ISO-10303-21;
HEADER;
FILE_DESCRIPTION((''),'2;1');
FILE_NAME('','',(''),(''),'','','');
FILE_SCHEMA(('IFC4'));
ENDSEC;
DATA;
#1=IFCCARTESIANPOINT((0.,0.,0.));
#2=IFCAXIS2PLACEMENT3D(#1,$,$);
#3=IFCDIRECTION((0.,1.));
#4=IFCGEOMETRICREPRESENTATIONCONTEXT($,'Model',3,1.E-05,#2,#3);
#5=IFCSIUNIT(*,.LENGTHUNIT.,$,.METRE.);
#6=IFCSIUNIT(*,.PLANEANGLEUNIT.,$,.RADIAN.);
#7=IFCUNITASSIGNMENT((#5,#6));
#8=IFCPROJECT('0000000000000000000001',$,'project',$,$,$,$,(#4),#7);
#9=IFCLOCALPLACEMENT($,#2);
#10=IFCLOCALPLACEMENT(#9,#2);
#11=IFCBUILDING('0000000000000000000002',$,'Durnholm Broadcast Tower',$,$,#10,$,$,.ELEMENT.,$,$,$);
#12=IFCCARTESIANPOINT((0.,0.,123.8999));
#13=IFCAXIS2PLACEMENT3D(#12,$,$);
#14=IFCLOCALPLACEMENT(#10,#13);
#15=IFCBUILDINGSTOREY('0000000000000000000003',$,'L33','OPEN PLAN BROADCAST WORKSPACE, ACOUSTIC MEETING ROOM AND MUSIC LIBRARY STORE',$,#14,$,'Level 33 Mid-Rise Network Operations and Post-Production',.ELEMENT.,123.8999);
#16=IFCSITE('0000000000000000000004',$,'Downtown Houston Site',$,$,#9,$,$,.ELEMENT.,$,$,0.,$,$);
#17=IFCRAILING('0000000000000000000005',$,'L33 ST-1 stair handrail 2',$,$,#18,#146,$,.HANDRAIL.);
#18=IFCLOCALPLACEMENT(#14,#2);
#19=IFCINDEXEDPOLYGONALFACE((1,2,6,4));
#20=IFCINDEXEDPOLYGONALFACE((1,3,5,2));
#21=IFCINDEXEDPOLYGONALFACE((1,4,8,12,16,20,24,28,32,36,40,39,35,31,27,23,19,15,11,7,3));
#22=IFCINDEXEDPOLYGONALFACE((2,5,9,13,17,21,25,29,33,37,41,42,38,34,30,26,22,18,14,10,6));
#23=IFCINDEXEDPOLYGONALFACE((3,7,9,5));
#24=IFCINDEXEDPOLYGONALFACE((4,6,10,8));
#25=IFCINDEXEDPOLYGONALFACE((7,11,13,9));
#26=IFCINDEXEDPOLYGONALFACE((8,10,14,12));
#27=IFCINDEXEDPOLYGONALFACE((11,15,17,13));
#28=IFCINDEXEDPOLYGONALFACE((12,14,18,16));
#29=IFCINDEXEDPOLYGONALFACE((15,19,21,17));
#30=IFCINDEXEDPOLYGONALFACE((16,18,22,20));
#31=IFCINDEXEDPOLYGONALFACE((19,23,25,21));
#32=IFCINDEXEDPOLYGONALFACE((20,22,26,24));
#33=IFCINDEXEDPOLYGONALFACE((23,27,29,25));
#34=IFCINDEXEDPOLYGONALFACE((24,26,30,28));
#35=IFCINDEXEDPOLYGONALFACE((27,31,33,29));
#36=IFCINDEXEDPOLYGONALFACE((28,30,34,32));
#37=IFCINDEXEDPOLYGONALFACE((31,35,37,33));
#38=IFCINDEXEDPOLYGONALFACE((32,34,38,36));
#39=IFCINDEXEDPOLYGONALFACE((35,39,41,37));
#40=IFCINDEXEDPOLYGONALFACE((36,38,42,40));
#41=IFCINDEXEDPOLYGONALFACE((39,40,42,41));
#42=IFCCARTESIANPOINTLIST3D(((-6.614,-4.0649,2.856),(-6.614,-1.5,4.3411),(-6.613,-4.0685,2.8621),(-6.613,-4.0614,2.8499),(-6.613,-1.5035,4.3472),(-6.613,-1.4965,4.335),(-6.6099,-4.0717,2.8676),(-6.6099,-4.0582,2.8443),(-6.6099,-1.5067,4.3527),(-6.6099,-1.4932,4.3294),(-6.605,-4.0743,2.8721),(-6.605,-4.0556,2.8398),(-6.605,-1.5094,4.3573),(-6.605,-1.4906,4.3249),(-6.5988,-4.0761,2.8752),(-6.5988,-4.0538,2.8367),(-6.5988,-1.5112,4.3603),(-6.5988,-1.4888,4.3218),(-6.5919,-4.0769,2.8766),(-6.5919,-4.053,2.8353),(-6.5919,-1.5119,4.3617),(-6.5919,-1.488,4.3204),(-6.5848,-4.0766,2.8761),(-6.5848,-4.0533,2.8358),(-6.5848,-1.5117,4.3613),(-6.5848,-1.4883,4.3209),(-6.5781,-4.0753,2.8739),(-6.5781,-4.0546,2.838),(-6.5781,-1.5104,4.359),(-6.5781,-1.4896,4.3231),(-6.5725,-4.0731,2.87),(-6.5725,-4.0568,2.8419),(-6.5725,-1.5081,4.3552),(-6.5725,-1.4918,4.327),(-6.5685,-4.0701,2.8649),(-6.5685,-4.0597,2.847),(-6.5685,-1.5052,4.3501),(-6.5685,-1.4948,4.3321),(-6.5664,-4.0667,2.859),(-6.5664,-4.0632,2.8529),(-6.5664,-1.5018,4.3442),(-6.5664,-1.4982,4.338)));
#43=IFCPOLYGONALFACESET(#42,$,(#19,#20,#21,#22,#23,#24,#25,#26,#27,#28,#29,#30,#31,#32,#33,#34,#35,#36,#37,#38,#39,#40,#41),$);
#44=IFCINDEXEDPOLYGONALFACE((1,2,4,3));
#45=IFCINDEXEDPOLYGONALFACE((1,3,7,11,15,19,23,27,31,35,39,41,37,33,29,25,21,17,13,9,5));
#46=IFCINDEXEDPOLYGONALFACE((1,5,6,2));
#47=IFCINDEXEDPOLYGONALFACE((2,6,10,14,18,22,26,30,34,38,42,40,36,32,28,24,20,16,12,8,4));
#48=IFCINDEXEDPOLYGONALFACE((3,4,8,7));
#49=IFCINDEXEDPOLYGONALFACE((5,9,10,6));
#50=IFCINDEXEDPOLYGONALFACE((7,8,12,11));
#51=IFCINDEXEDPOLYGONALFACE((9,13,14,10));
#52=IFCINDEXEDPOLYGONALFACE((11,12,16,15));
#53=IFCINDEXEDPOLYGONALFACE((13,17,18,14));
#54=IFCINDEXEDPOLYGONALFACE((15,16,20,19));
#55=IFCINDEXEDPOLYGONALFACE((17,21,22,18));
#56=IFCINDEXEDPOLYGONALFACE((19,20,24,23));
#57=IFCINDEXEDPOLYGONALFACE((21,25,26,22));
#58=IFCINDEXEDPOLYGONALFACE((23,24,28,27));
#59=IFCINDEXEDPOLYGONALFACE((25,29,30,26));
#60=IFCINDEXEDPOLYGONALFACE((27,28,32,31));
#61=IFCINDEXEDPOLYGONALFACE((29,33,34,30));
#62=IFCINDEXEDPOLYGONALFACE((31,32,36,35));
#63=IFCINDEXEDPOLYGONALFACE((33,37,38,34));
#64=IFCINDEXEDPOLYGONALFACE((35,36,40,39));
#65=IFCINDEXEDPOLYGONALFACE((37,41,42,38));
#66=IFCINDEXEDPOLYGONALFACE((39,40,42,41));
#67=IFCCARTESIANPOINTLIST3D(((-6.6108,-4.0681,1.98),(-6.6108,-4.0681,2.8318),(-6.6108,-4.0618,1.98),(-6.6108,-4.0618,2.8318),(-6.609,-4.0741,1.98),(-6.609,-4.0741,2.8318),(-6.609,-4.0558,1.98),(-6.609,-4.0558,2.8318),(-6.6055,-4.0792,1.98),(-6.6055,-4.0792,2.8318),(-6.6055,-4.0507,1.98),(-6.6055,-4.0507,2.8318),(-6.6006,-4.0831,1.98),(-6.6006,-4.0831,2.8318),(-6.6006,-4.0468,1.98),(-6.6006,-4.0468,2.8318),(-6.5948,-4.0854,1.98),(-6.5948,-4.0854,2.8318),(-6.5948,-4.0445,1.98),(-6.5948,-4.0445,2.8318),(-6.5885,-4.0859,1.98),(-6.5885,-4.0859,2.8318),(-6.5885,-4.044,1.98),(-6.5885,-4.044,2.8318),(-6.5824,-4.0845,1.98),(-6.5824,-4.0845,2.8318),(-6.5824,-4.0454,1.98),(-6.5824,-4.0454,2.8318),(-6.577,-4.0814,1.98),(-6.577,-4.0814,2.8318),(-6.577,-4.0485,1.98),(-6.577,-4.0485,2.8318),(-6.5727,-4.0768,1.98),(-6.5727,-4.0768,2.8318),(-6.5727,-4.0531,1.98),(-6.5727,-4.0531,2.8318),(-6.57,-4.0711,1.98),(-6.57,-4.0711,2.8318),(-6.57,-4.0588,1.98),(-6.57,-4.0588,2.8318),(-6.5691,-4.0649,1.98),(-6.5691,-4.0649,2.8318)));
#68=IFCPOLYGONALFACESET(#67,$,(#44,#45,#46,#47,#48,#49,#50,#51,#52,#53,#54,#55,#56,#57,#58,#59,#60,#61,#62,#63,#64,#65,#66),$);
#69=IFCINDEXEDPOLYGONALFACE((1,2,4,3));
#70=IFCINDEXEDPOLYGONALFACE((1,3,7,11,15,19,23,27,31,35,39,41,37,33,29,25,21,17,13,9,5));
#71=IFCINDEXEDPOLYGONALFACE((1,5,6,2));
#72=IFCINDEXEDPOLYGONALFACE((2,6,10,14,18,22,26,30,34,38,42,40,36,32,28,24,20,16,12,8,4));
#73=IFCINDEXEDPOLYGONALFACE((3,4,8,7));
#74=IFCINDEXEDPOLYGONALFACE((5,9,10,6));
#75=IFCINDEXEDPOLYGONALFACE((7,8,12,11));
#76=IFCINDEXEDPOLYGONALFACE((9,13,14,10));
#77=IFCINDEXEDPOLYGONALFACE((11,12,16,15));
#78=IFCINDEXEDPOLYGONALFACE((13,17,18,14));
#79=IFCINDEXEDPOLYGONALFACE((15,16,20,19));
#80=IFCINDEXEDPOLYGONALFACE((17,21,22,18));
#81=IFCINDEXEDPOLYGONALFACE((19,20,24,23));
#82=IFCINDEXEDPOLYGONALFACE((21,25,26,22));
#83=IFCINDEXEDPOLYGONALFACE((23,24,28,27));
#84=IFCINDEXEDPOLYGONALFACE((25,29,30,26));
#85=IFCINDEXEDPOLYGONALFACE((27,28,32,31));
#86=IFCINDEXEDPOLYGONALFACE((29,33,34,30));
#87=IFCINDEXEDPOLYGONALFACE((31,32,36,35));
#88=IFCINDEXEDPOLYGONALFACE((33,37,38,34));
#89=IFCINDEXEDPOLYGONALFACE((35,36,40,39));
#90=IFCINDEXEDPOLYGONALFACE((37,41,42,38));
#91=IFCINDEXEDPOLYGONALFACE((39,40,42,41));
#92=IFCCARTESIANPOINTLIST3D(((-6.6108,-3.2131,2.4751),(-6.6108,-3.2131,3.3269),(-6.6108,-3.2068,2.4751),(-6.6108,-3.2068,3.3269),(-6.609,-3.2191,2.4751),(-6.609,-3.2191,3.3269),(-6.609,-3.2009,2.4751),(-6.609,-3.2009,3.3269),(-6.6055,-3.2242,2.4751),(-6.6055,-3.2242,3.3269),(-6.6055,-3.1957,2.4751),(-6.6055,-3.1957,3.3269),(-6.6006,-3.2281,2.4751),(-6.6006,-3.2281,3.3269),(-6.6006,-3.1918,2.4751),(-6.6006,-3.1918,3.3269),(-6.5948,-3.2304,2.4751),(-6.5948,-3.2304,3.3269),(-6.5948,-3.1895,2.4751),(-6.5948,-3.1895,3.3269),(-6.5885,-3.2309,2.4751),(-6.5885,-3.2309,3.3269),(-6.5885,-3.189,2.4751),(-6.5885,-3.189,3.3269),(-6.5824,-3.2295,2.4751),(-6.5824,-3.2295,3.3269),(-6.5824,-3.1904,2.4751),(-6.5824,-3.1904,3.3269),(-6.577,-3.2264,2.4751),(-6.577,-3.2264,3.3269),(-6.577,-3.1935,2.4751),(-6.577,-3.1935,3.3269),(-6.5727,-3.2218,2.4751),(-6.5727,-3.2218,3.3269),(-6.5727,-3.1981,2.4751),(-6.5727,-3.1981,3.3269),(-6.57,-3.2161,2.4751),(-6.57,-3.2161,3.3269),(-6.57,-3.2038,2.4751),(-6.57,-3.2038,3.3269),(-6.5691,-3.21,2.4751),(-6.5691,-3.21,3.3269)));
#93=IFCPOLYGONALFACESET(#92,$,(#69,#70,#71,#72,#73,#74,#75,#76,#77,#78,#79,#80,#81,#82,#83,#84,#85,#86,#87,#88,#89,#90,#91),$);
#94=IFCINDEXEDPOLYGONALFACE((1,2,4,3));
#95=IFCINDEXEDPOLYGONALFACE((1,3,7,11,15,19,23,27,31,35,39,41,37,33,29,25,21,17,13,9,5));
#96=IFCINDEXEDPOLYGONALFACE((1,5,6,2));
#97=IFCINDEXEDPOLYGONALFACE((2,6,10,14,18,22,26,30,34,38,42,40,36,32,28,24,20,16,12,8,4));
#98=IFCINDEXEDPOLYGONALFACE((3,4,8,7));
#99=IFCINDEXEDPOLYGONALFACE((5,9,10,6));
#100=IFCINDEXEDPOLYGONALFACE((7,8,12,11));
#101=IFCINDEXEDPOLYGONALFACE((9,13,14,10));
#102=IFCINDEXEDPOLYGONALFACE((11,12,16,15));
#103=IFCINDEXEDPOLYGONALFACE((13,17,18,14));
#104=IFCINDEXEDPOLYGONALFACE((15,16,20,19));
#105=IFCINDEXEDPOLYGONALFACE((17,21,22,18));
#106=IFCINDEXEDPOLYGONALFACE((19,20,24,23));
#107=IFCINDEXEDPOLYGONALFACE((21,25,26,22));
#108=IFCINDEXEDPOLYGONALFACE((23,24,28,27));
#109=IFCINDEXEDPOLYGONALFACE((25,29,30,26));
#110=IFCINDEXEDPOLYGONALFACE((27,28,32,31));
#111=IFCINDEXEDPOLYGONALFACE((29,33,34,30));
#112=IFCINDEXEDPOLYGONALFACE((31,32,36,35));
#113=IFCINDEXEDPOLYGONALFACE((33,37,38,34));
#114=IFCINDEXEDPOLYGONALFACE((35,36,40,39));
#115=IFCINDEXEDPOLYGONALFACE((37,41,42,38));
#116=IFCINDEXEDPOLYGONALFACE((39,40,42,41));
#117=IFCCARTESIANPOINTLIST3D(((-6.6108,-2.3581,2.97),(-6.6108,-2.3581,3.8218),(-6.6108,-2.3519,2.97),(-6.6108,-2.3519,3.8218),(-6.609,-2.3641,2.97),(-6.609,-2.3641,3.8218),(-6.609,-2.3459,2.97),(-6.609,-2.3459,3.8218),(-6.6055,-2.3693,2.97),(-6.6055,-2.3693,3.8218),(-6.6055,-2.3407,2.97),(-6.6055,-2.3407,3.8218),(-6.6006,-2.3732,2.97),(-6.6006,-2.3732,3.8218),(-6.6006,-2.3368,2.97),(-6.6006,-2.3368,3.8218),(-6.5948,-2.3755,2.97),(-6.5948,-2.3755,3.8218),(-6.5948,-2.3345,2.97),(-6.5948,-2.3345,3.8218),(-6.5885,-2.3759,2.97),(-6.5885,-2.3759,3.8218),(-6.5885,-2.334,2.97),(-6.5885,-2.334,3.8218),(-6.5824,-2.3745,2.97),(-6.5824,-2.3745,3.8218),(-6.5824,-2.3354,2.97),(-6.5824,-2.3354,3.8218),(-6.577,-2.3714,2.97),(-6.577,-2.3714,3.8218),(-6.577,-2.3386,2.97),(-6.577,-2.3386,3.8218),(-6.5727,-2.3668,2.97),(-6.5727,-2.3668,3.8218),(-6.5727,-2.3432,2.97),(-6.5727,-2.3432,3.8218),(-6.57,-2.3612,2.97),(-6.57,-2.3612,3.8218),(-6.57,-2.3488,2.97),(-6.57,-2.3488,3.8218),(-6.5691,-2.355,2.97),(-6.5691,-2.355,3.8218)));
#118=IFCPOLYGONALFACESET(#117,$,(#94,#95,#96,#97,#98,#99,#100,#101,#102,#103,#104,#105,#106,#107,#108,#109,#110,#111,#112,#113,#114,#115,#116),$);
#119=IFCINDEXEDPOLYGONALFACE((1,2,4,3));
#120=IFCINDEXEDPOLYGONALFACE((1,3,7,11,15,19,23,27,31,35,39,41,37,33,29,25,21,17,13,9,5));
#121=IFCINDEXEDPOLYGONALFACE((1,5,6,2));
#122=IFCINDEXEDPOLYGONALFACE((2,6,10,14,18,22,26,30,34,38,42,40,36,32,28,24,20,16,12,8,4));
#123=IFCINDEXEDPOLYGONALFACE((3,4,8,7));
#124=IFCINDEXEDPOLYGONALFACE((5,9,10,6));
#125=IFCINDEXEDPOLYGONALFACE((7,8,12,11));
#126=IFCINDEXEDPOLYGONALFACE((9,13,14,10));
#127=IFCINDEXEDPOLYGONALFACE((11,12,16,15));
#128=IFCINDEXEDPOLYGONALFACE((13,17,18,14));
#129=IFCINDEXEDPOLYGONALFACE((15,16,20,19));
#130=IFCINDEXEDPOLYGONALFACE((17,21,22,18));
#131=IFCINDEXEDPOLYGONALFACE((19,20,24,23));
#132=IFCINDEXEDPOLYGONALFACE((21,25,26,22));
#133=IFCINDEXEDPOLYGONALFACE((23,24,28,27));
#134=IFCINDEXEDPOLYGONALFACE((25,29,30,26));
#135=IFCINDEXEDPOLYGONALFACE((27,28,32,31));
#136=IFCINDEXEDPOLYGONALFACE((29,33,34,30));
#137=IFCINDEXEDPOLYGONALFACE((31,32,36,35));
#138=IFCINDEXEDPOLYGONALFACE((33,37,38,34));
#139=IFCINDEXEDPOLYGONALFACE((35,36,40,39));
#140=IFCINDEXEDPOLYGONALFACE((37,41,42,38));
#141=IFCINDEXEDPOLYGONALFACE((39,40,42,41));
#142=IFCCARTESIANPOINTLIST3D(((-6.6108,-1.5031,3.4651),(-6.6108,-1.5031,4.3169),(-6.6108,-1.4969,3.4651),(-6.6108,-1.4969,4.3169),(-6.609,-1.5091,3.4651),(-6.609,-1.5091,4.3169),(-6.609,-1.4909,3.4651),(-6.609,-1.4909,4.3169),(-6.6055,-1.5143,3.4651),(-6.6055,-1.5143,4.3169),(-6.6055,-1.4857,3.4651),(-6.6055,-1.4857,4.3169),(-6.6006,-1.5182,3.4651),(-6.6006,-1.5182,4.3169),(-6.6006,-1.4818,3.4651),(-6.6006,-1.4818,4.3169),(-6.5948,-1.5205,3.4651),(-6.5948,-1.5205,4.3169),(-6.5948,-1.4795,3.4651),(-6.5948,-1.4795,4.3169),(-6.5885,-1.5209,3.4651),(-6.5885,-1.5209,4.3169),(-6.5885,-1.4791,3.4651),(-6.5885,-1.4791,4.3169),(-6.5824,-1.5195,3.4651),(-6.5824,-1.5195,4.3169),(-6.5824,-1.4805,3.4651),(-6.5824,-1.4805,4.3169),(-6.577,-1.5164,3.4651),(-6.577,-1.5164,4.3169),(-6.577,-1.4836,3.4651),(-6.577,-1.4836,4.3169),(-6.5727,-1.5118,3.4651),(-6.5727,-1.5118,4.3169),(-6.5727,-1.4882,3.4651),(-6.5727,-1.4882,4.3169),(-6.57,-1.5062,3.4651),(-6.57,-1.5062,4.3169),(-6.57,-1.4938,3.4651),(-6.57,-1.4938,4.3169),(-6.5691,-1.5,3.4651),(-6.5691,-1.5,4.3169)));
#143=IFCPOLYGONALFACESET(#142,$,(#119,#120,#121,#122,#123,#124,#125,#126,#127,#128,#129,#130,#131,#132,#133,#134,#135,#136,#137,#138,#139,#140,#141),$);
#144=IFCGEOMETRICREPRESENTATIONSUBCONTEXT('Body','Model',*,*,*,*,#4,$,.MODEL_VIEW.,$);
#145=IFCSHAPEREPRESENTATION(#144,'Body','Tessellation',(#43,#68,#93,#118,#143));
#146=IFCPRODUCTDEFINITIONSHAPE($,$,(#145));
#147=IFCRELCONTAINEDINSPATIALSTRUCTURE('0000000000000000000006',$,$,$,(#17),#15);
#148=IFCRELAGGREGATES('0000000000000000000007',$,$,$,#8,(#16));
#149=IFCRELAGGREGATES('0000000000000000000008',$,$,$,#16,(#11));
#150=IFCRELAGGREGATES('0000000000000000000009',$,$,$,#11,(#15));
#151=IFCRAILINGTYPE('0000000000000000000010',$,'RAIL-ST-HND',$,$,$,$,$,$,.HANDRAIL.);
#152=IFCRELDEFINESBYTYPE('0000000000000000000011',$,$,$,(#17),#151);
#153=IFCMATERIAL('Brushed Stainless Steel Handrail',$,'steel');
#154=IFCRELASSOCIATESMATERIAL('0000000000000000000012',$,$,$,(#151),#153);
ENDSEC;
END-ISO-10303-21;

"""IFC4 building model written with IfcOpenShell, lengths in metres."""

from ifc_helpers import new_model, si_unit, direction, frame, origin, origin_2d, place, context, subcontext, project, spatial, circle, extrude, material, type_object, element, save


model = new_model("IFC4")

# Units and contexts
model_context = context("Model", 3, precision=1e-05, world=origin(), true_north=direction((0.0, 1.0)))
body_context = subcontext(model_context, "Body", "Model", "MODEL_VIEW")
ifc_project = project(units=[si_unit("LENGTHUNIT", "METRE"), si_unit("PLANEANGLEUNIT", "RADIAN")], contexts=[model_context])

# Site, building, storey
site_placement = place(None, origin())
site = spatial("IfcSite", under=ifc_project, at=site_placement, Name="Downtown Houston Site", CompositionType="ELEMENT", RefElevation=0.0)
building_placement = place(site_placement, origin())
building = spatial("IfcBuilding", under=site, at=building_placement, Name="Durnholm Broadcast Tower", CompositionType="ELEMENT")
storey_placement = place(building_placement, frame((0.0, 0.0, 123.8999)))
storey = spatial("IfcBuildingStorey", under=building, at=storey_placement, Name="L33", Description="OPEN PLAN BROADCAST WORKSPACE, ACOUSTIC MEETING ROOM AND MUSIC LIBRARY STORE", LongName="Level 33 Mid-Rise Network Operations and Post-Production", CompositionType="ELEMENT", Elevation=123.8999)

# Railing
ifc_material_1 = material(Name="Brushed Stainless Steel Handrail", Category="steel")
railing_type_1 = type_object("IfcRailingType", Name="RAIL-ST-HND", PredefinedType="HANDRAIL", material=ifc_material_1)
railing_1_placement = place(storey_placement, frame((-6.5901, -4.0649, 1.98)))
element("IfcRailing", 1, at=railing_1_placement, inside=storey, type_object=railing_type_1, Name="L33 ST-1 stair handrail 2", PredefinedType="HANDRAIL", context=body_context, shape_type="SweptSolid", body=[
    extrude(circle(Radius=0.0239, at=origin_2d()), frame((0.0, 0.0, 0.876), z_axis=(0.0, 0.865406, 0.501072), x_axis=(-1.0, 0.0, 0.0)), (0.0, 0.0, 1.0), 2.9639),
    extrude(circle(Radius=0.021, at=origin_2d()), origin(), (0.0, 0.0, 1.0), 0.8518),
    extrude(circle(Radius=0.021, at=origin_2d()), frame((0.0, 0.855, 0.4951)), (0.0, 0.0, 1.0), 0.8518),
    extrude(circle(Radius=0.021, at=origin_2d()), frame((0.0, 1.71, 0.99)), (0.0, 0.0, 1.0), 0.8518),
    extrude(circle(Radius=0.021, at=origin_2d()), frame((0.0, 2.5649, 1.4851)), (0.0, 0.0, 1.0), 0.8518),
])

save(model, "model.ifc")
